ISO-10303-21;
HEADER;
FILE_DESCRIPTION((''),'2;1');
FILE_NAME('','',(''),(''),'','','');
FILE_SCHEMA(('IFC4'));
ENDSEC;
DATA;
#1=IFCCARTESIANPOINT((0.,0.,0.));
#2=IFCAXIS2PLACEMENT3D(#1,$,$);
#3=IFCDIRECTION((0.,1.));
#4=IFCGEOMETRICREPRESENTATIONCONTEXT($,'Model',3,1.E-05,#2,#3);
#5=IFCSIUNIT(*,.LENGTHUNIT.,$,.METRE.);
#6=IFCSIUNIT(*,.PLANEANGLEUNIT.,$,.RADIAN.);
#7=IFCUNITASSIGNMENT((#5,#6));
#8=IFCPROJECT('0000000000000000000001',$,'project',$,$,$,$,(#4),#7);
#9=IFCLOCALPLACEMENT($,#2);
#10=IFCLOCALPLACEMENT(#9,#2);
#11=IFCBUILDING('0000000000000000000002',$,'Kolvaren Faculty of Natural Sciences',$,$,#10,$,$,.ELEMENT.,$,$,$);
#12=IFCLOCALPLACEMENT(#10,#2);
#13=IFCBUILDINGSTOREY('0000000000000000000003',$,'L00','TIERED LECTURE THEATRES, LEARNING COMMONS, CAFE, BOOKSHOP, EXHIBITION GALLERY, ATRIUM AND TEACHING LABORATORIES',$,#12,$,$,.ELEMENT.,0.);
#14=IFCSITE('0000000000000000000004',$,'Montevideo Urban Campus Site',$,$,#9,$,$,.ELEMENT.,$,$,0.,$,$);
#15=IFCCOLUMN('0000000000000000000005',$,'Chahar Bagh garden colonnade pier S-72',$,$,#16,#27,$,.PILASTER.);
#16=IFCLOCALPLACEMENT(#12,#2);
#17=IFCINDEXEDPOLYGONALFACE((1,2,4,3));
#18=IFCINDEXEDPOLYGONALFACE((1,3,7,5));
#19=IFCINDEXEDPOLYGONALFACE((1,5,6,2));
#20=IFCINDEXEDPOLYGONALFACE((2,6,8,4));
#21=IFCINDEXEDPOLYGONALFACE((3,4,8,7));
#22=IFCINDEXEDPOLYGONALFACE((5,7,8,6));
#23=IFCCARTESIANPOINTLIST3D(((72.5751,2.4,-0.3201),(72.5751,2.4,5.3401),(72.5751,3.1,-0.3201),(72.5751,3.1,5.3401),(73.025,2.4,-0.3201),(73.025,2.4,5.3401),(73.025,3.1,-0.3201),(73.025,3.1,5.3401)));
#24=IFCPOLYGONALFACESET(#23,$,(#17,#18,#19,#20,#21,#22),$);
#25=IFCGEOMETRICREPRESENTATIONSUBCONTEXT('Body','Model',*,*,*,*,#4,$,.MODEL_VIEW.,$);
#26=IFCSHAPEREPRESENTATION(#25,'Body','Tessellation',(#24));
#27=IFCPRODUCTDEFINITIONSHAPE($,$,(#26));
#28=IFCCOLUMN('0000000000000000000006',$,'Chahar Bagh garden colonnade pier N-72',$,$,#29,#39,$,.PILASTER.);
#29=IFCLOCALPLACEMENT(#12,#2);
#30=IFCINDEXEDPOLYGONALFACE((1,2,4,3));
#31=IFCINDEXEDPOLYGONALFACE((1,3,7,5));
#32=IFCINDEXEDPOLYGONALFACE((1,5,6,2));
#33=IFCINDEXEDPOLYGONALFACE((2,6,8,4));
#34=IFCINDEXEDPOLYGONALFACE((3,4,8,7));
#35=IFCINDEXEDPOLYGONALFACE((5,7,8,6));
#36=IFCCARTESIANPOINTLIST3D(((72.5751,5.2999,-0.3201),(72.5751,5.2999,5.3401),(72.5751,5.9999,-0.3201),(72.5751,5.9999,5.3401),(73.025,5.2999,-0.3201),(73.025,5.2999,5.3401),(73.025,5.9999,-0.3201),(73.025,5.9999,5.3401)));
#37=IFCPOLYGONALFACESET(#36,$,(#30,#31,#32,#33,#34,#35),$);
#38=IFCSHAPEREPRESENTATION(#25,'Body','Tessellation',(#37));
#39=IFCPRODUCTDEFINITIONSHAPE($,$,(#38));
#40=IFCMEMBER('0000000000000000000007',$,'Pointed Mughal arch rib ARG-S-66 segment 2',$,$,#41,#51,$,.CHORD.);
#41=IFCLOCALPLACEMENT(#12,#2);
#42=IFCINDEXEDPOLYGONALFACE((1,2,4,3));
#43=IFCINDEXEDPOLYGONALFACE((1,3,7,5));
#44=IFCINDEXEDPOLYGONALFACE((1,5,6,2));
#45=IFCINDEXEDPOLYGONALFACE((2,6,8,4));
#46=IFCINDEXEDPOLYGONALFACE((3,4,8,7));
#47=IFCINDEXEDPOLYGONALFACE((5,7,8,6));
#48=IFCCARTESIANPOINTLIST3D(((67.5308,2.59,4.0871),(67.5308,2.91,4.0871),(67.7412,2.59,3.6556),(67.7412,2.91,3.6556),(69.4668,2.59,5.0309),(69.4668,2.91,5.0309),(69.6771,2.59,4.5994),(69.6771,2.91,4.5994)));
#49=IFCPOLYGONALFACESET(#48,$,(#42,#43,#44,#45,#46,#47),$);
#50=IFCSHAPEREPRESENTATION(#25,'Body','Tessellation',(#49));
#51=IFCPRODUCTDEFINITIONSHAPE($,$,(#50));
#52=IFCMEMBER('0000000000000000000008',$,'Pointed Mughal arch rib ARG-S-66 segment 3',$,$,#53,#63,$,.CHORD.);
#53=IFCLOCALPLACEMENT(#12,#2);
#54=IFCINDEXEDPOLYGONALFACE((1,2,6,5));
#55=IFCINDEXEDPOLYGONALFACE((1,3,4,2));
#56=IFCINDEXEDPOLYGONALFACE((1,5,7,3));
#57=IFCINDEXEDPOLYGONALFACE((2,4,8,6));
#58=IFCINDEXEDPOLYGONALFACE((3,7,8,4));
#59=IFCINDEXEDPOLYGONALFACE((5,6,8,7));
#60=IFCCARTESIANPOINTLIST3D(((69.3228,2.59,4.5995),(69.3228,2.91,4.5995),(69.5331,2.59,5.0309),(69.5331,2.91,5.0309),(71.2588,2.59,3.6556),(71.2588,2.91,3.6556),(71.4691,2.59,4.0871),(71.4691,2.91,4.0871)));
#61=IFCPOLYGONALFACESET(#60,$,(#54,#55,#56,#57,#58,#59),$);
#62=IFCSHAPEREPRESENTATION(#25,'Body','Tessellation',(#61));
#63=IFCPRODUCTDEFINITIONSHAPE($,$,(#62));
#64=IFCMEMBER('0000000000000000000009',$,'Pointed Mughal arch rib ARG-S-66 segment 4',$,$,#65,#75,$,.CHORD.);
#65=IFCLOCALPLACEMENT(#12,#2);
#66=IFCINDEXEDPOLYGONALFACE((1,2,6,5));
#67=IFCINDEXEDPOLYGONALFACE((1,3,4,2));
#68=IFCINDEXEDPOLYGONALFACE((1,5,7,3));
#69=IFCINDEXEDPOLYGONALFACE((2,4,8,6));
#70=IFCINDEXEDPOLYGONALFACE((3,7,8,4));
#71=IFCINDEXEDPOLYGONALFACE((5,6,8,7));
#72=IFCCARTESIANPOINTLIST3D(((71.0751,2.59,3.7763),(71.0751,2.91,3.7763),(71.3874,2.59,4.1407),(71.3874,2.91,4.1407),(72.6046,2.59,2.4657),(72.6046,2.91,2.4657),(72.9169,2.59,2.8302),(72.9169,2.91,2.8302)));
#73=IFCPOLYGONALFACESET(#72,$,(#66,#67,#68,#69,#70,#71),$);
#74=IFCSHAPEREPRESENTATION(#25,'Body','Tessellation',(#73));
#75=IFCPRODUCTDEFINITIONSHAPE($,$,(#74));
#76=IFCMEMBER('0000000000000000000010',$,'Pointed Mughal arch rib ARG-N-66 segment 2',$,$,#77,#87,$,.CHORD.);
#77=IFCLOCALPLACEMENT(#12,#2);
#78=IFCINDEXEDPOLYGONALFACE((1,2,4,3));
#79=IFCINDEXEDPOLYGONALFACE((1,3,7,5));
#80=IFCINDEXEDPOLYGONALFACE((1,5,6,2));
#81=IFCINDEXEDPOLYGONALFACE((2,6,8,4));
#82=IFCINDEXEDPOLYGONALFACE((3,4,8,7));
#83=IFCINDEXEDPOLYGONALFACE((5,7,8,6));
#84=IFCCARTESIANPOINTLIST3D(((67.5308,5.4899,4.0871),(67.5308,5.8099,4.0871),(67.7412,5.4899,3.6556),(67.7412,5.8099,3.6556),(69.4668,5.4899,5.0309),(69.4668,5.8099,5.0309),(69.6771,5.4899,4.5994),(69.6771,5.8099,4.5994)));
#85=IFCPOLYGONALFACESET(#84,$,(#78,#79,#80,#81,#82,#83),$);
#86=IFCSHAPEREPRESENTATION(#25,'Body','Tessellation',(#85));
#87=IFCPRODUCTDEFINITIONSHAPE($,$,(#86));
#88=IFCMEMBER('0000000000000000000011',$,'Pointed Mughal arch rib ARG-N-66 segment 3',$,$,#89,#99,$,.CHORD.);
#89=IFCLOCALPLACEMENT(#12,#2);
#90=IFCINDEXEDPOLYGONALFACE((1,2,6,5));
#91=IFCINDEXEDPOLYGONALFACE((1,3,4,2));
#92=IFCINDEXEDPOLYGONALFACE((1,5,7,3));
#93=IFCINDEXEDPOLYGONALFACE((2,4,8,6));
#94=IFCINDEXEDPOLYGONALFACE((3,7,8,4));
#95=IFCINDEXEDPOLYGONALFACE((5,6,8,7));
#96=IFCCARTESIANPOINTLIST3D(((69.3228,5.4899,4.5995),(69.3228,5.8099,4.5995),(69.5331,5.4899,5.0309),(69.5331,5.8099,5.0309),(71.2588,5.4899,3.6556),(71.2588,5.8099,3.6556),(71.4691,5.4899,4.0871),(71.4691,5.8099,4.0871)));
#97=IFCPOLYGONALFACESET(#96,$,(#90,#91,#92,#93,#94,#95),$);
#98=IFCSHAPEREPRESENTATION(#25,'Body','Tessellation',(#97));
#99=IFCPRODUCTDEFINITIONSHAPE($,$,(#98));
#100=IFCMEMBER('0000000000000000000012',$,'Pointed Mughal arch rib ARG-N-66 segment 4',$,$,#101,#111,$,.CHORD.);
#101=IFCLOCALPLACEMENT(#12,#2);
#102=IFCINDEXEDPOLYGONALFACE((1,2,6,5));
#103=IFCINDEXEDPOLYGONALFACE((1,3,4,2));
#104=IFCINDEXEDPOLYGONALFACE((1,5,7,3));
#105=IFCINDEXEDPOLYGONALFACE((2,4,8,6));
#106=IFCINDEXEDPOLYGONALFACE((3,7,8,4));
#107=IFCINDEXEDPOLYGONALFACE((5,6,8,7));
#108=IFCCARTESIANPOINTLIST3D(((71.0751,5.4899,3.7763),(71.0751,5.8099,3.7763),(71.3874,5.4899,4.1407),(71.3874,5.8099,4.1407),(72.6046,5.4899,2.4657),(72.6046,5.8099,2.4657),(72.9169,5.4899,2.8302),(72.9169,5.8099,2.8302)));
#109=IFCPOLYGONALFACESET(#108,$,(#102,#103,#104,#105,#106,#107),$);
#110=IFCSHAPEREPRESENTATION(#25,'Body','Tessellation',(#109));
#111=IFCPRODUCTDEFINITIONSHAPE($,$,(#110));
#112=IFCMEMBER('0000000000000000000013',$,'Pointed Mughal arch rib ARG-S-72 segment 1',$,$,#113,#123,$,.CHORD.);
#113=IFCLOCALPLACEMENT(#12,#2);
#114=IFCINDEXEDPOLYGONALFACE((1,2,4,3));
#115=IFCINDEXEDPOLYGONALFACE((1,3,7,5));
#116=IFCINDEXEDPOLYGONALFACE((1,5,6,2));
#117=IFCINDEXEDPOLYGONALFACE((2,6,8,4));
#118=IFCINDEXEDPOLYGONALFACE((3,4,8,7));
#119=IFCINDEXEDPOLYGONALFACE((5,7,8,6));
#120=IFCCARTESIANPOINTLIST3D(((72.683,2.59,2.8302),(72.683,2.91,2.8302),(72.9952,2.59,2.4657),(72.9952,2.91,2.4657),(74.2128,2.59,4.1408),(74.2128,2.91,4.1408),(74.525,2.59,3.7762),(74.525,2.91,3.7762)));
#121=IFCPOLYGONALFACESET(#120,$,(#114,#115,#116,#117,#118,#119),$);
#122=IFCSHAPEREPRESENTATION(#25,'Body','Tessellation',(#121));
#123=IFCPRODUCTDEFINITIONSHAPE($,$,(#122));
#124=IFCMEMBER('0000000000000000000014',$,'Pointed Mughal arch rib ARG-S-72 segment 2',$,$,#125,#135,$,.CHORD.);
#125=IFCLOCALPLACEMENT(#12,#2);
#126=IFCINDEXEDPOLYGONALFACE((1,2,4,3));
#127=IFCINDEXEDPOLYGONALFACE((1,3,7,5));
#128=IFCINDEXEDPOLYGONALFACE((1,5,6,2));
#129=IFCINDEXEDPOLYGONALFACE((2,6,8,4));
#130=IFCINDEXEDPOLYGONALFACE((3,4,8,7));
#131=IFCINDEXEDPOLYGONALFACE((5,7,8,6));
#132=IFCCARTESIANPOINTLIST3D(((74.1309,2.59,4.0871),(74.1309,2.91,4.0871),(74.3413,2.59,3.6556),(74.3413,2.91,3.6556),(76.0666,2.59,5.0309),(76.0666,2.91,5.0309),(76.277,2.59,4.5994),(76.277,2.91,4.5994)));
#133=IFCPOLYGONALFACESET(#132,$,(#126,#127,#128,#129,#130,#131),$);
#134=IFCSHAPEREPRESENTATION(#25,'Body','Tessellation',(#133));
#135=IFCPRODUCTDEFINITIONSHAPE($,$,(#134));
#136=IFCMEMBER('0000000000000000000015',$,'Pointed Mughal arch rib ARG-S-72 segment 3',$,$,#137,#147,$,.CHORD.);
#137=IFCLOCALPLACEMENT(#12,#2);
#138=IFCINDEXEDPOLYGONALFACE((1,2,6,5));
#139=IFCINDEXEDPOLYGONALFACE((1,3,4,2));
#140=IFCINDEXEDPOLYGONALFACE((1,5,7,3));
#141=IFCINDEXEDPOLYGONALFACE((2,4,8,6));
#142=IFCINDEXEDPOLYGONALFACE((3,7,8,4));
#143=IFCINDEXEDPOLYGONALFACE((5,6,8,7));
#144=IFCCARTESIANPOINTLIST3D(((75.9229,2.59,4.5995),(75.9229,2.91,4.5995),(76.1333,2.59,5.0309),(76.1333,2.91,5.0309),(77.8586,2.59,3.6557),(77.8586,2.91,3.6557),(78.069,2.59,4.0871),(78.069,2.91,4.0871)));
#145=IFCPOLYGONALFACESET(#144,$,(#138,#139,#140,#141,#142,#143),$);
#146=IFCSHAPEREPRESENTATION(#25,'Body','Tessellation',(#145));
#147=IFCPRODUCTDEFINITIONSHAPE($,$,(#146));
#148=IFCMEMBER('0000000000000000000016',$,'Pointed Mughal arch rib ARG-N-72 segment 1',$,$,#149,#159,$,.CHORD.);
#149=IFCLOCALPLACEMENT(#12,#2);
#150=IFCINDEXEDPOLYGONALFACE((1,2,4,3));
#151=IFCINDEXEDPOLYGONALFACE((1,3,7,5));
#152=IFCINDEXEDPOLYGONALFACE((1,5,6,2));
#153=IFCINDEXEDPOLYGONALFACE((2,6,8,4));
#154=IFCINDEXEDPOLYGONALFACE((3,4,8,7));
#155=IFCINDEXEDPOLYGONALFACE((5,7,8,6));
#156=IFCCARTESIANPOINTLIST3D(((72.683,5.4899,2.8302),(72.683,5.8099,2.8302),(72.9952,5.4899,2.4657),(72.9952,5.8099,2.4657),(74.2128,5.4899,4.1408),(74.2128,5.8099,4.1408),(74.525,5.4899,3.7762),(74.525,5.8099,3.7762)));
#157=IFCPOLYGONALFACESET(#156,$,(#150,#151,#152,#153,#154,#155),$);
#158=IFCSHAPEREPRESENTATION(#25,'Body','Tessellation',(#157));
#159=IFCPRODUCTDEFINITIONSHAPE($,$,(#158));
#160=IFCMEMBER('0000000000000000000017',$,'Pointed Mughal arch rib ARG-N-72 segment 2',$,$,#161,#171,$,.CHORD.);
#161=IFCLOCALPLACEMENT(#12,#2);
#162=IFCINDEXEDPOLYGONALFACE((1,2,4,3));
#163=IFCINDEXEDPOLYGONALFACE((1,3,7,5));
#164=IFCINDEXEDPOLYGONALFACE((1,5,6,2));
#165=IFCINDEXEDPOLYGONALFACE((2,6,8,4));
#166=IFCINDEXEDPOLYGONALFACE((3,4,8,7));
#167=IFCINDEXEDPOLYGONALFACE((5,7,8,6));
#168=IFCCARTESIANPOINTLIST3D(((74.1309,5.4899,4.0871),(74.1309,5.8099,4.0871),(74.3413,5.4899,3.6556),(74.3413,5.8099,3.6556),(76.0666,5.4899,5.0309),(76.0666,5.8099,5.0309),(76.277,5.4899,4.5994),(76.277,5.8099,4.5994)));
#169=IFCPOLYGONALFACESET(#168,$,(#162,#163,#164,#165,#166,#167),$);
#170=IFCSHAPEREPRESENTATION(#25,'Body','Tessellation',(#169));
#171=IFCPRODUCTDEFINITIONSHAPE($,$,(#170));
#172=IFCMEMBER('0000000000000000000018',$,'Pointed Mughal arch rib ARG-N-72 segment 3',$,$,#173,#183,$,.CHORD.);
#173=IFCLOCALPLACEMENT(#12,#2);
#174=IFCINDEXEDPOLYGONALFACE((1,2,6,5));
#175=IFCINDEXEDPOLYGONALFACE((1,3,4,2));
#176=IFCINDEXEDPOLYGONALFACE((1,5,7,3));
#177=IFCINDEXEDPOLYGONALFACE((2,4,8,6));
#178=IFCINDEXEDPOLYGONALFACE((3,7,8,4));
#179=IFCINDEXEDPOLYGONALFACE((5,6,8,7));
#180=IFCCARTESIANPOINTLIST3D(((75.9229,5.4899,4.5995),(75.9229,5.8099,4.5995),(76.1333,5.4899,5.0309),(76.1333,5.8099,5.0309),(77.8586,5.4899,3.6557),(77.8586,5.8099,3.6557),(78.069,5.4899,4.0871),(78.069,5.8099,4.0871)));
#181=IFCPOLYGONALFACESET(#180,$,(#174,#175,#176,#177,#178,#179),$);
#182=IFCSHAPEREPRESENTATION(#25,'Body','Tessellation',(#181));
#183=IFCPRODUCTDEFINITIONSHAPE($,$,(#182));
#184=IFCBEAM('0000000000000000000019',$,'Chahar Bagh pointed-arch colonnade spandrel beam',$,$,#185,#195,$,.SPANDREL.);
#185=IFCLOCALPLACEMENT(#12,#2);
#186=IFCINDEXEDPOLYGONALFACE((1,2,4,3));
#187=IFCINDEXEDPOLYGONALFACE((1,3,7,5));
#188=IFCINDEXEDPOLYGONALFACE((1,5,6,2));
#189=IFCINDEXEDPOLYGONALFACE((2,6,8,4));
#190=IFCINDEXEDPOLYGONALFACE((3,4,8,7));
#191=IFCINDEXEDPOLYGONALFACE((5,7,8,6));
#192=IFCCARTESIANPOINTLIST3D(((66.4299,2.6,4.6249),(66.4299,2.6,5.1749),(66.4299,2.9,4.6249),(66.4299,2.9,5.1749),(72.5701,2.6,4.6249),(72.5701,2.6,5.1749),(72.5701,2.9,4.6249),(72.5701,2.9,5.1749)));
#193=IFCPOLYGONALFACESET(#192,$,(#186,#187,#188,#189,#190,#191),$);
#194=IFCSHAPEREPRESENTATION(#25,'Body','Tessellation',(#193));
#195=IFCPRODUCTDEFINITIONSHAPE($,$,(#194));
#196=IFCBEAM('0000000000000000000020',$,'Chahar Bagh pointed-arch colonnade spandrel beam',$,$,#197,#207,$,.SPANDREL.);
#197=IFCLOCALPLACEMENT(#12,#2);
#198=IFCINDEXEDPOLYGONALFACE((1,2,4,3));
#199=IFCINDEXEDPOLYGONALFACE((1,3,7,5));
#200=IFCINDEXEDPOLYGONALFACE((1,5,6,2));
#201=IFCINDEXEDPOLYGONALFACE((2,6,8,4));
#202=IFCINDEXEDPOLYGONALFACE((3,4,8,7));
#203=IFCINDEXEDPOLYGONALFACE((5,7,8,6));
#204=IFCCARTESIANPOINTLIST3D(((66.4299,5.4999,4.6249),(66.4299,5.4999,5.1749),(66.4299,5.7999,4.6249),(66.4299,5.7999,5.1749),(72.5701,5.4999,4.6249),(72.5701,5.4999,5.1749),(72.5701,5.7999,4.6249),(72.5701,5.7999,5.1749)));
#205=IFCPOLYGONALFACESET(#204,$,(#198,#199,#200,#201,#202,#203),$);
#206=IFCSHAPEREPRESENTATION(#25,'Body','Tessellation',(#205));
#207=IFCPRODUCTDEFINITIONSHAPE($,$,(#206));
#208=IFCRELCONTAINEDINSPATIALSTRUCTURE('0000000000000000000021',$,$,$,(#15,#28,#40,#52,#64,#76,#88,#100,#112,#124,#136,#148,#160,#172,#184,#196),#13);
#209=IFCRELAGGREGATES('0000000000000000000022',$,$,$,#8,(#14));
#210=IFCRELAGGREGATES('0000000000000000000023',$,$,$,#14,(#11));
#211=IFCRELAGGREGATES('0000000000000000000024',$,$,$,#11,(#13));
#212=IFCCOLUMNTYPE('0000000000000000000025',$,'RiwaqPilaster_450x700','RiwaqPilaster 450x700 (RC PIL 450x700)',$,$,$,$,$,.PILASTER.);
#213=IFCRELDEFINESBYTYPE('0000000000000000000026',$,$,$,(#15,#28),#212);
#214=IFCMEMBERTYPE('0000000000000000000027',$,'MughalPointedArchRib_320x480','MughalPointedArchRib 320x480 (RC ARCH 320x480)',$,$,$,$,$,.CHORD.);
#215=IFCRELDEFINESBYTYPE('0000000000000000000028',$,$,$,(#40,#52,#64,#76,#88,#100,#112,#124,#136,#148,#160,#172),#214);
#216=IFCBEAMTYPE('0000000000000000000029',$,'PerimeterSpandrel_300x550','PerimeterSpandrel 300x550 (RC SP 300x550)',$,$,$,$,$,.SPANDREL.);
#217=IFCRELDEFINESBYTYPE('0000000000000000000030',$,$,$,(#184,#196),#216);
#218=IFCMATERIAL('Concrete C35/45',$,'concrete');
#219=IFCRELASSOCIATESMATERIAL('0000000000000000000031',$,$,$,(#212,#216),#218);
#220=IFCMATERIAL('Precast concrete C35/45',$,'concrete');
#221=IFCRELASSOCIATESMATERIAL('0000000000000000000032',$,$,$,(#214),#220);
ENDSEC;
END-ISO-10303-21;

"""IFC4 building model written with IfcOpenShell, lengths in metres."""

from ifc_helpers import new_model, si_unit, direction, frame, origin, origin_2d, place, context, subcontext, project, spatial, rectangle, extrude, material, material_profile, profile_set, type_object, element, save


model = new_model("IFC4")

# Units and contexts
model_context = context("Model", 3, precision=1e-05, world=origin(), true_north=direction((0.0, 1.0)))
body_context = subcontext(model_context, "Body", "Model", "MODEL_VIEW")
ifc_project = project(units=[si_unit("LENGTHUNIT", "METRE"), si_unit("PLANEANGLEUNIT", "RADIAN")], contexts=[model_context])

# Site, building, storey
site_placement = place(None, origin())
site = spatial("IfcSite", under=ifc_project, at=site_placement, Name="Montevideo Urban Campus Site", CompositionType="ELEMENT", RefElevation=0.0)
building_placement = place(site_placement, origin())
building = spatial("IfcBuilding", under=site, at=building_placement, Name="Kolvaren Faculty of Natural Sciences", CompositionType="ELEMENT")
storey_placement = place(building_placement, origin())
storey = spatial("IfcBuildingStorey", under=building, at=storey_placement, Name="L00", Description="TIERED LECTURE THEATRES, LEARNING COMMONS, CAFE, BOOKSHOP, EXHIBITION GALLERY, ATRIUM AND TEACHING LABORATORIES", CompositionType="ELEMENT", Elevation=0.0)

# Shared definitions
ifc_material_1 = material(Name="Concrete C35/45", Category="concrete")

# Columns
ifc_material_profile_1 = material_profile(ifc_material_1, rectangle(XDim=0.45, YDim=0.7, at=origin_2d()), Name="RC PIL 450x700")
ifc_profile_set_1 = profile_set([ifc_material_profile_1], Name="Concrete C35/45")
column_type = type_object("IfcColumnType", Name="RiwaqPilaster_450x700", Description="RiwaqPilaster 450x700 (RC PIL 450x700)", PredefinedType="PILASTER", material=ifc_profile_set_1)
for number, where, z_axis, x_axis, name in (
    (1, (72.8, 2.75, -0.3201), (0.0, 0.0, 1.0), (1.0, 0.0, 0.0), "Chahar Bagh garden colonnade pier S-72"),
    (2, (72.8, 5.6499, -0.3201), (0.0, 0.0, 1.0), (1.0, 0.0, 0.0), "Chahar Bagh garden colonnade pier N-72"),
):
    element("IfcColumn", number, at=place(storey_placement, frame(where, z_axis=z_axis, x_axis=x_axis)), inside=storey, type_object=column_type, Name=name, PredefinedType="PILASTER", context=body_context, shape_type="SweptSolid", body=[
        extrude(rectangle(XDim=0.45, YDim=0.7, at=origin_2d()), origin(), (0.0, 0.0, 1.0), 5.6602),
    ])

# Members
ifc_material_2 = material(Name="Precast concrete C35/45", Category="concrete")
ifc_material_profile_2 = material_profile(ifc_material_2, rectangle(XDim=0.3201, YDim=0.48, at=origin_2d()), Name="RC ARCH 320x480")
ifc_profile_set_2 = profile_set([ifc_material_profile_2], Name="Precast concrete C35/45")
member_type = type_object("IfcMemberType", Name="MughalPointedArchRib_320x480", Description="MughalPointedArchRib 320x480 (RC ARCH 320x480)", PredefinedType="CHORD", material=ifc_profile_set_2)
for number, where, z_axis, x_axis, name in (
    (3, (67.636, 2.75, 3.8713), (0.898871, 0.0, 0.438214), (0.0, 1.0, 0.0), "Pointed Mughal arch rib ARG-S-66 segment 2"),
    (4, (69.428, 2.75, 4.8152), (0.898871, 0.0, -0.438214), (0.0, 1.0, 0.0), "Pointed Mughal arch rib ARG-S-66 segment 3"),
):
    element("IfcMember", number, at=place(storey_placement, frame(where, z_axis=z_axis, x_axis=x_axis)), inside=storey, type_object=member_type, Name=name, PredefinedType="CHORD", context=body_context, shape_type="SweptSolid", body=[
        extrude(rectangle(XDim=0.3201, YDim=0.48, at=origin_2d()), origin(), (0.0, 0.0, 1.0), 2.1538),
    ])
member_1_placement = place(storey_placement, frame((71.2312, 2.75, 3.9585), z_axis=(0.759376, 0.0, -0.650652), x_axis=(0.0, 1.0, 0.0)))
element("IfcMember", 5, at=member_1_placement, inside=storey, type_object=member_type, Name="Pointed Mughal arch rib ARG-S-66 segment 4", PredefinedType="CHORD", context=body_context, shape_type="SweptSolid", body=[
    extrude(rectangle(XDim=0.3201, YDim=0.48, at=origin_2d()), origin(), (0.0, 0.0, 1.0), 2.0142),
])
for number, where, z_axis, x_axis, name in (
    (6, (67.636, 5.6499, 3.8713), (0.898871, 0.0, 0.438214), (0.0, 1.0, 0.0), "Pointed Mughal arch rib ARG-N-66 segment 2"),
    (7, (69.428, 5.6499, 4.8152), (0.898871, 0.0, -0.438214), (0.0, 1.0, 0.0), "Pointed Mughal arch rib ARG-N-66 segment 3"),
):
    element("IfcMember", number, at=place(storey_placement, frame(where, z_axis=z_axis, x_axis=x_axis)), inside=storey, type_object=member_type, Name=name, PredefinedType="CHORD", context=body_context, shape_type="SweptSolid", body=[
        extrude(rectangle(XDim=0.3201, YDim=0.48, at=origin_2d()), origin(), (0.0, 0.0, 1.0), 2.1538),
    ])
member_2_placement = place(storey_placement, frame((71.2312, 5.6499, 3.9585), z_axis=(0.759376, 0.0, -0.650652), x_axis=(0.0, 1.0, 0.0)))
element("IfcMember", 8, at=member_2_placement, inside=storey, type_object=member_type, Name="Pointed Mughal arch rib ARG-N-66 segment 4", PredefinedType="CHORD", context=body_context, shape_type="SweptSolid", body=[
    extrude(rectangle(XDim=0.3201, YDim=0.48, at=origin_2d()), origin(), (0.0, 0.0, 1.0), 2.0142),
])
member_3_placement = place(storey_placement, frame((72.8391, 2.75, 2.6479), z_axis=(0.759428, 0.0, 0.650592), x_axis=(0.0, 1.0, 0.0)))
element("IfcMember", 9, at=member_3_placement, inside=storey, type_object=member_type, Name="Pointed Mughal arch rib ARG-S-72 segment 1", PredefinedType="CHORD", context=body_context, shape_type="SweptSolid", body=[
    extrude(rectangle(XDim=0.3201, YDim=0.48, at=origin_2d()), origin(), (0.0, 0.0, 1.0), 2.0144),
])
for number, where, z_axis, x_axis, name in (
    (10, (74.2361, 2.75, 3.8713), (0.898849, 0.0, 0.438258), (0.0, 1.0, 0.0), "Pointed Mughal arch rib ARG-S-72 segment 2"),
    (11, (76.0281, 2.75, 4.8152), (0.898849, 0.0, -0.438258), (0.0, 1.0, 0.0), "Pointed Mughal arch rib ARG-S-72 segment 3"),
):
    element("IfcMember", number, at=place(storey_placement, frame(where, z_axis=z_axis, x_axis=x_axis)), inside=storey, type_object=member_type, Name=name, PredefinedType="CHORD", context=body_context, shape_type="SweptSolid", body=[
        extrude(rectangle(XDim=0.3201, YDim=0.48, at=origin_2d()), origin(), (0.0, 0.0, 1.0), 2.1536),
    ])
member_4_placement = place(storey_placement, frame((72.8391, 5.6499, 2.6479), z_axis=(0.759428, 0.0, 0.650592), x_axis=(0.0, 1.0, 0.0)))
element("IfcMember", 12, at=member_4_placement, inside=storey, type_object=member_type, Name="Pointed Mughal arch rib ARG-N-72 segment 1", PredefinedType="CHORD", context=body_context, shape_type="SweptSolid", body=[
    extrude(rectangle(XDim=0.3201, YDim=0.48, at=origin_2d()), origin(), (0.0, 0.0, 1.0), 2.0144),
])
for number, where, z_axis, x_axis, name in (
    (13, (74.2361, 5.6499, 3.8713), (0.898849, 0.0, 0.438258), (0.0, 1.0, 0.0), "Pointed Mughal arch rib ARG-N-72 segment 2"),
    (14, (76.0281, 5.6499, 4.8152), (0.898849, 0.0, -0.438258), (0.0, 1.0, 0.0), "Pointed Mughal arch rib ARG-N-72 segment 3"),
):
    element("IfcMember", number, at=place(storey_placement, frame(where, z_axis=z_axis, x_axis=x_axis)), inside=storey, type_object=member_type, Name=name, PredefinedType="CHORD", context=body_context, shape_type="SweptSolid", body=[
        extrude(rectangle(XDim=0.3201, YDim=0.48, at=origin_2d()), origin(), (0.0, 0.0, 1.0), 2.1536),
    ])

# Beams
ifc_material_profile_3 = material_profile(ifc_material_1, rectangle(XDim=0.3, YDim=0.55, at=origin_2d()), Name="RC SP 300x550")
ifc_profile_set_3 = profile_set([ifc_material_profile_3], Name="Concrete C35/45")
beam_type = type_object("IfcBeamType", Name="PerimeterSpandrel_300x550", Description="PerimeterSpandrel 300x550 (RC SP 300x550)", PredefinedType="SPANDREL", material=ifc_profile_set_3)
for number, where, z_axis, x_axis, name in (
    (15, (66.4299, 2.75, 4.8999), (1.0, 0.0, 0.0), (0.0, 1.0, 0.0), "Chahar Bagh pointed-arch colonnade spandrel beam"),
    (16, (66.4299, 5.6499, 4.8999), (1.0, 0.0, 0.0), (0.0, 1.0, 0.0), "Chahar Bagh pointed-arch colonnade spandrel beam"),
):
    element("IfcBeam", number, at=place(storey_placement, frame(where, z_axis=z_axis, x_axis=x_axis)), inside=storey, type_object=beam_type, Name=name, PredefinedType="SPANDREL", context=body_context, shape_type="SweptSolid", body=[
        extrude(rectangle(XDim=0.3, YDim=0.55, at=origin_2d()), origin(), (0.0, 0.0, 1.0), 6.1401),
    ])

save(model, "model.ifc")
